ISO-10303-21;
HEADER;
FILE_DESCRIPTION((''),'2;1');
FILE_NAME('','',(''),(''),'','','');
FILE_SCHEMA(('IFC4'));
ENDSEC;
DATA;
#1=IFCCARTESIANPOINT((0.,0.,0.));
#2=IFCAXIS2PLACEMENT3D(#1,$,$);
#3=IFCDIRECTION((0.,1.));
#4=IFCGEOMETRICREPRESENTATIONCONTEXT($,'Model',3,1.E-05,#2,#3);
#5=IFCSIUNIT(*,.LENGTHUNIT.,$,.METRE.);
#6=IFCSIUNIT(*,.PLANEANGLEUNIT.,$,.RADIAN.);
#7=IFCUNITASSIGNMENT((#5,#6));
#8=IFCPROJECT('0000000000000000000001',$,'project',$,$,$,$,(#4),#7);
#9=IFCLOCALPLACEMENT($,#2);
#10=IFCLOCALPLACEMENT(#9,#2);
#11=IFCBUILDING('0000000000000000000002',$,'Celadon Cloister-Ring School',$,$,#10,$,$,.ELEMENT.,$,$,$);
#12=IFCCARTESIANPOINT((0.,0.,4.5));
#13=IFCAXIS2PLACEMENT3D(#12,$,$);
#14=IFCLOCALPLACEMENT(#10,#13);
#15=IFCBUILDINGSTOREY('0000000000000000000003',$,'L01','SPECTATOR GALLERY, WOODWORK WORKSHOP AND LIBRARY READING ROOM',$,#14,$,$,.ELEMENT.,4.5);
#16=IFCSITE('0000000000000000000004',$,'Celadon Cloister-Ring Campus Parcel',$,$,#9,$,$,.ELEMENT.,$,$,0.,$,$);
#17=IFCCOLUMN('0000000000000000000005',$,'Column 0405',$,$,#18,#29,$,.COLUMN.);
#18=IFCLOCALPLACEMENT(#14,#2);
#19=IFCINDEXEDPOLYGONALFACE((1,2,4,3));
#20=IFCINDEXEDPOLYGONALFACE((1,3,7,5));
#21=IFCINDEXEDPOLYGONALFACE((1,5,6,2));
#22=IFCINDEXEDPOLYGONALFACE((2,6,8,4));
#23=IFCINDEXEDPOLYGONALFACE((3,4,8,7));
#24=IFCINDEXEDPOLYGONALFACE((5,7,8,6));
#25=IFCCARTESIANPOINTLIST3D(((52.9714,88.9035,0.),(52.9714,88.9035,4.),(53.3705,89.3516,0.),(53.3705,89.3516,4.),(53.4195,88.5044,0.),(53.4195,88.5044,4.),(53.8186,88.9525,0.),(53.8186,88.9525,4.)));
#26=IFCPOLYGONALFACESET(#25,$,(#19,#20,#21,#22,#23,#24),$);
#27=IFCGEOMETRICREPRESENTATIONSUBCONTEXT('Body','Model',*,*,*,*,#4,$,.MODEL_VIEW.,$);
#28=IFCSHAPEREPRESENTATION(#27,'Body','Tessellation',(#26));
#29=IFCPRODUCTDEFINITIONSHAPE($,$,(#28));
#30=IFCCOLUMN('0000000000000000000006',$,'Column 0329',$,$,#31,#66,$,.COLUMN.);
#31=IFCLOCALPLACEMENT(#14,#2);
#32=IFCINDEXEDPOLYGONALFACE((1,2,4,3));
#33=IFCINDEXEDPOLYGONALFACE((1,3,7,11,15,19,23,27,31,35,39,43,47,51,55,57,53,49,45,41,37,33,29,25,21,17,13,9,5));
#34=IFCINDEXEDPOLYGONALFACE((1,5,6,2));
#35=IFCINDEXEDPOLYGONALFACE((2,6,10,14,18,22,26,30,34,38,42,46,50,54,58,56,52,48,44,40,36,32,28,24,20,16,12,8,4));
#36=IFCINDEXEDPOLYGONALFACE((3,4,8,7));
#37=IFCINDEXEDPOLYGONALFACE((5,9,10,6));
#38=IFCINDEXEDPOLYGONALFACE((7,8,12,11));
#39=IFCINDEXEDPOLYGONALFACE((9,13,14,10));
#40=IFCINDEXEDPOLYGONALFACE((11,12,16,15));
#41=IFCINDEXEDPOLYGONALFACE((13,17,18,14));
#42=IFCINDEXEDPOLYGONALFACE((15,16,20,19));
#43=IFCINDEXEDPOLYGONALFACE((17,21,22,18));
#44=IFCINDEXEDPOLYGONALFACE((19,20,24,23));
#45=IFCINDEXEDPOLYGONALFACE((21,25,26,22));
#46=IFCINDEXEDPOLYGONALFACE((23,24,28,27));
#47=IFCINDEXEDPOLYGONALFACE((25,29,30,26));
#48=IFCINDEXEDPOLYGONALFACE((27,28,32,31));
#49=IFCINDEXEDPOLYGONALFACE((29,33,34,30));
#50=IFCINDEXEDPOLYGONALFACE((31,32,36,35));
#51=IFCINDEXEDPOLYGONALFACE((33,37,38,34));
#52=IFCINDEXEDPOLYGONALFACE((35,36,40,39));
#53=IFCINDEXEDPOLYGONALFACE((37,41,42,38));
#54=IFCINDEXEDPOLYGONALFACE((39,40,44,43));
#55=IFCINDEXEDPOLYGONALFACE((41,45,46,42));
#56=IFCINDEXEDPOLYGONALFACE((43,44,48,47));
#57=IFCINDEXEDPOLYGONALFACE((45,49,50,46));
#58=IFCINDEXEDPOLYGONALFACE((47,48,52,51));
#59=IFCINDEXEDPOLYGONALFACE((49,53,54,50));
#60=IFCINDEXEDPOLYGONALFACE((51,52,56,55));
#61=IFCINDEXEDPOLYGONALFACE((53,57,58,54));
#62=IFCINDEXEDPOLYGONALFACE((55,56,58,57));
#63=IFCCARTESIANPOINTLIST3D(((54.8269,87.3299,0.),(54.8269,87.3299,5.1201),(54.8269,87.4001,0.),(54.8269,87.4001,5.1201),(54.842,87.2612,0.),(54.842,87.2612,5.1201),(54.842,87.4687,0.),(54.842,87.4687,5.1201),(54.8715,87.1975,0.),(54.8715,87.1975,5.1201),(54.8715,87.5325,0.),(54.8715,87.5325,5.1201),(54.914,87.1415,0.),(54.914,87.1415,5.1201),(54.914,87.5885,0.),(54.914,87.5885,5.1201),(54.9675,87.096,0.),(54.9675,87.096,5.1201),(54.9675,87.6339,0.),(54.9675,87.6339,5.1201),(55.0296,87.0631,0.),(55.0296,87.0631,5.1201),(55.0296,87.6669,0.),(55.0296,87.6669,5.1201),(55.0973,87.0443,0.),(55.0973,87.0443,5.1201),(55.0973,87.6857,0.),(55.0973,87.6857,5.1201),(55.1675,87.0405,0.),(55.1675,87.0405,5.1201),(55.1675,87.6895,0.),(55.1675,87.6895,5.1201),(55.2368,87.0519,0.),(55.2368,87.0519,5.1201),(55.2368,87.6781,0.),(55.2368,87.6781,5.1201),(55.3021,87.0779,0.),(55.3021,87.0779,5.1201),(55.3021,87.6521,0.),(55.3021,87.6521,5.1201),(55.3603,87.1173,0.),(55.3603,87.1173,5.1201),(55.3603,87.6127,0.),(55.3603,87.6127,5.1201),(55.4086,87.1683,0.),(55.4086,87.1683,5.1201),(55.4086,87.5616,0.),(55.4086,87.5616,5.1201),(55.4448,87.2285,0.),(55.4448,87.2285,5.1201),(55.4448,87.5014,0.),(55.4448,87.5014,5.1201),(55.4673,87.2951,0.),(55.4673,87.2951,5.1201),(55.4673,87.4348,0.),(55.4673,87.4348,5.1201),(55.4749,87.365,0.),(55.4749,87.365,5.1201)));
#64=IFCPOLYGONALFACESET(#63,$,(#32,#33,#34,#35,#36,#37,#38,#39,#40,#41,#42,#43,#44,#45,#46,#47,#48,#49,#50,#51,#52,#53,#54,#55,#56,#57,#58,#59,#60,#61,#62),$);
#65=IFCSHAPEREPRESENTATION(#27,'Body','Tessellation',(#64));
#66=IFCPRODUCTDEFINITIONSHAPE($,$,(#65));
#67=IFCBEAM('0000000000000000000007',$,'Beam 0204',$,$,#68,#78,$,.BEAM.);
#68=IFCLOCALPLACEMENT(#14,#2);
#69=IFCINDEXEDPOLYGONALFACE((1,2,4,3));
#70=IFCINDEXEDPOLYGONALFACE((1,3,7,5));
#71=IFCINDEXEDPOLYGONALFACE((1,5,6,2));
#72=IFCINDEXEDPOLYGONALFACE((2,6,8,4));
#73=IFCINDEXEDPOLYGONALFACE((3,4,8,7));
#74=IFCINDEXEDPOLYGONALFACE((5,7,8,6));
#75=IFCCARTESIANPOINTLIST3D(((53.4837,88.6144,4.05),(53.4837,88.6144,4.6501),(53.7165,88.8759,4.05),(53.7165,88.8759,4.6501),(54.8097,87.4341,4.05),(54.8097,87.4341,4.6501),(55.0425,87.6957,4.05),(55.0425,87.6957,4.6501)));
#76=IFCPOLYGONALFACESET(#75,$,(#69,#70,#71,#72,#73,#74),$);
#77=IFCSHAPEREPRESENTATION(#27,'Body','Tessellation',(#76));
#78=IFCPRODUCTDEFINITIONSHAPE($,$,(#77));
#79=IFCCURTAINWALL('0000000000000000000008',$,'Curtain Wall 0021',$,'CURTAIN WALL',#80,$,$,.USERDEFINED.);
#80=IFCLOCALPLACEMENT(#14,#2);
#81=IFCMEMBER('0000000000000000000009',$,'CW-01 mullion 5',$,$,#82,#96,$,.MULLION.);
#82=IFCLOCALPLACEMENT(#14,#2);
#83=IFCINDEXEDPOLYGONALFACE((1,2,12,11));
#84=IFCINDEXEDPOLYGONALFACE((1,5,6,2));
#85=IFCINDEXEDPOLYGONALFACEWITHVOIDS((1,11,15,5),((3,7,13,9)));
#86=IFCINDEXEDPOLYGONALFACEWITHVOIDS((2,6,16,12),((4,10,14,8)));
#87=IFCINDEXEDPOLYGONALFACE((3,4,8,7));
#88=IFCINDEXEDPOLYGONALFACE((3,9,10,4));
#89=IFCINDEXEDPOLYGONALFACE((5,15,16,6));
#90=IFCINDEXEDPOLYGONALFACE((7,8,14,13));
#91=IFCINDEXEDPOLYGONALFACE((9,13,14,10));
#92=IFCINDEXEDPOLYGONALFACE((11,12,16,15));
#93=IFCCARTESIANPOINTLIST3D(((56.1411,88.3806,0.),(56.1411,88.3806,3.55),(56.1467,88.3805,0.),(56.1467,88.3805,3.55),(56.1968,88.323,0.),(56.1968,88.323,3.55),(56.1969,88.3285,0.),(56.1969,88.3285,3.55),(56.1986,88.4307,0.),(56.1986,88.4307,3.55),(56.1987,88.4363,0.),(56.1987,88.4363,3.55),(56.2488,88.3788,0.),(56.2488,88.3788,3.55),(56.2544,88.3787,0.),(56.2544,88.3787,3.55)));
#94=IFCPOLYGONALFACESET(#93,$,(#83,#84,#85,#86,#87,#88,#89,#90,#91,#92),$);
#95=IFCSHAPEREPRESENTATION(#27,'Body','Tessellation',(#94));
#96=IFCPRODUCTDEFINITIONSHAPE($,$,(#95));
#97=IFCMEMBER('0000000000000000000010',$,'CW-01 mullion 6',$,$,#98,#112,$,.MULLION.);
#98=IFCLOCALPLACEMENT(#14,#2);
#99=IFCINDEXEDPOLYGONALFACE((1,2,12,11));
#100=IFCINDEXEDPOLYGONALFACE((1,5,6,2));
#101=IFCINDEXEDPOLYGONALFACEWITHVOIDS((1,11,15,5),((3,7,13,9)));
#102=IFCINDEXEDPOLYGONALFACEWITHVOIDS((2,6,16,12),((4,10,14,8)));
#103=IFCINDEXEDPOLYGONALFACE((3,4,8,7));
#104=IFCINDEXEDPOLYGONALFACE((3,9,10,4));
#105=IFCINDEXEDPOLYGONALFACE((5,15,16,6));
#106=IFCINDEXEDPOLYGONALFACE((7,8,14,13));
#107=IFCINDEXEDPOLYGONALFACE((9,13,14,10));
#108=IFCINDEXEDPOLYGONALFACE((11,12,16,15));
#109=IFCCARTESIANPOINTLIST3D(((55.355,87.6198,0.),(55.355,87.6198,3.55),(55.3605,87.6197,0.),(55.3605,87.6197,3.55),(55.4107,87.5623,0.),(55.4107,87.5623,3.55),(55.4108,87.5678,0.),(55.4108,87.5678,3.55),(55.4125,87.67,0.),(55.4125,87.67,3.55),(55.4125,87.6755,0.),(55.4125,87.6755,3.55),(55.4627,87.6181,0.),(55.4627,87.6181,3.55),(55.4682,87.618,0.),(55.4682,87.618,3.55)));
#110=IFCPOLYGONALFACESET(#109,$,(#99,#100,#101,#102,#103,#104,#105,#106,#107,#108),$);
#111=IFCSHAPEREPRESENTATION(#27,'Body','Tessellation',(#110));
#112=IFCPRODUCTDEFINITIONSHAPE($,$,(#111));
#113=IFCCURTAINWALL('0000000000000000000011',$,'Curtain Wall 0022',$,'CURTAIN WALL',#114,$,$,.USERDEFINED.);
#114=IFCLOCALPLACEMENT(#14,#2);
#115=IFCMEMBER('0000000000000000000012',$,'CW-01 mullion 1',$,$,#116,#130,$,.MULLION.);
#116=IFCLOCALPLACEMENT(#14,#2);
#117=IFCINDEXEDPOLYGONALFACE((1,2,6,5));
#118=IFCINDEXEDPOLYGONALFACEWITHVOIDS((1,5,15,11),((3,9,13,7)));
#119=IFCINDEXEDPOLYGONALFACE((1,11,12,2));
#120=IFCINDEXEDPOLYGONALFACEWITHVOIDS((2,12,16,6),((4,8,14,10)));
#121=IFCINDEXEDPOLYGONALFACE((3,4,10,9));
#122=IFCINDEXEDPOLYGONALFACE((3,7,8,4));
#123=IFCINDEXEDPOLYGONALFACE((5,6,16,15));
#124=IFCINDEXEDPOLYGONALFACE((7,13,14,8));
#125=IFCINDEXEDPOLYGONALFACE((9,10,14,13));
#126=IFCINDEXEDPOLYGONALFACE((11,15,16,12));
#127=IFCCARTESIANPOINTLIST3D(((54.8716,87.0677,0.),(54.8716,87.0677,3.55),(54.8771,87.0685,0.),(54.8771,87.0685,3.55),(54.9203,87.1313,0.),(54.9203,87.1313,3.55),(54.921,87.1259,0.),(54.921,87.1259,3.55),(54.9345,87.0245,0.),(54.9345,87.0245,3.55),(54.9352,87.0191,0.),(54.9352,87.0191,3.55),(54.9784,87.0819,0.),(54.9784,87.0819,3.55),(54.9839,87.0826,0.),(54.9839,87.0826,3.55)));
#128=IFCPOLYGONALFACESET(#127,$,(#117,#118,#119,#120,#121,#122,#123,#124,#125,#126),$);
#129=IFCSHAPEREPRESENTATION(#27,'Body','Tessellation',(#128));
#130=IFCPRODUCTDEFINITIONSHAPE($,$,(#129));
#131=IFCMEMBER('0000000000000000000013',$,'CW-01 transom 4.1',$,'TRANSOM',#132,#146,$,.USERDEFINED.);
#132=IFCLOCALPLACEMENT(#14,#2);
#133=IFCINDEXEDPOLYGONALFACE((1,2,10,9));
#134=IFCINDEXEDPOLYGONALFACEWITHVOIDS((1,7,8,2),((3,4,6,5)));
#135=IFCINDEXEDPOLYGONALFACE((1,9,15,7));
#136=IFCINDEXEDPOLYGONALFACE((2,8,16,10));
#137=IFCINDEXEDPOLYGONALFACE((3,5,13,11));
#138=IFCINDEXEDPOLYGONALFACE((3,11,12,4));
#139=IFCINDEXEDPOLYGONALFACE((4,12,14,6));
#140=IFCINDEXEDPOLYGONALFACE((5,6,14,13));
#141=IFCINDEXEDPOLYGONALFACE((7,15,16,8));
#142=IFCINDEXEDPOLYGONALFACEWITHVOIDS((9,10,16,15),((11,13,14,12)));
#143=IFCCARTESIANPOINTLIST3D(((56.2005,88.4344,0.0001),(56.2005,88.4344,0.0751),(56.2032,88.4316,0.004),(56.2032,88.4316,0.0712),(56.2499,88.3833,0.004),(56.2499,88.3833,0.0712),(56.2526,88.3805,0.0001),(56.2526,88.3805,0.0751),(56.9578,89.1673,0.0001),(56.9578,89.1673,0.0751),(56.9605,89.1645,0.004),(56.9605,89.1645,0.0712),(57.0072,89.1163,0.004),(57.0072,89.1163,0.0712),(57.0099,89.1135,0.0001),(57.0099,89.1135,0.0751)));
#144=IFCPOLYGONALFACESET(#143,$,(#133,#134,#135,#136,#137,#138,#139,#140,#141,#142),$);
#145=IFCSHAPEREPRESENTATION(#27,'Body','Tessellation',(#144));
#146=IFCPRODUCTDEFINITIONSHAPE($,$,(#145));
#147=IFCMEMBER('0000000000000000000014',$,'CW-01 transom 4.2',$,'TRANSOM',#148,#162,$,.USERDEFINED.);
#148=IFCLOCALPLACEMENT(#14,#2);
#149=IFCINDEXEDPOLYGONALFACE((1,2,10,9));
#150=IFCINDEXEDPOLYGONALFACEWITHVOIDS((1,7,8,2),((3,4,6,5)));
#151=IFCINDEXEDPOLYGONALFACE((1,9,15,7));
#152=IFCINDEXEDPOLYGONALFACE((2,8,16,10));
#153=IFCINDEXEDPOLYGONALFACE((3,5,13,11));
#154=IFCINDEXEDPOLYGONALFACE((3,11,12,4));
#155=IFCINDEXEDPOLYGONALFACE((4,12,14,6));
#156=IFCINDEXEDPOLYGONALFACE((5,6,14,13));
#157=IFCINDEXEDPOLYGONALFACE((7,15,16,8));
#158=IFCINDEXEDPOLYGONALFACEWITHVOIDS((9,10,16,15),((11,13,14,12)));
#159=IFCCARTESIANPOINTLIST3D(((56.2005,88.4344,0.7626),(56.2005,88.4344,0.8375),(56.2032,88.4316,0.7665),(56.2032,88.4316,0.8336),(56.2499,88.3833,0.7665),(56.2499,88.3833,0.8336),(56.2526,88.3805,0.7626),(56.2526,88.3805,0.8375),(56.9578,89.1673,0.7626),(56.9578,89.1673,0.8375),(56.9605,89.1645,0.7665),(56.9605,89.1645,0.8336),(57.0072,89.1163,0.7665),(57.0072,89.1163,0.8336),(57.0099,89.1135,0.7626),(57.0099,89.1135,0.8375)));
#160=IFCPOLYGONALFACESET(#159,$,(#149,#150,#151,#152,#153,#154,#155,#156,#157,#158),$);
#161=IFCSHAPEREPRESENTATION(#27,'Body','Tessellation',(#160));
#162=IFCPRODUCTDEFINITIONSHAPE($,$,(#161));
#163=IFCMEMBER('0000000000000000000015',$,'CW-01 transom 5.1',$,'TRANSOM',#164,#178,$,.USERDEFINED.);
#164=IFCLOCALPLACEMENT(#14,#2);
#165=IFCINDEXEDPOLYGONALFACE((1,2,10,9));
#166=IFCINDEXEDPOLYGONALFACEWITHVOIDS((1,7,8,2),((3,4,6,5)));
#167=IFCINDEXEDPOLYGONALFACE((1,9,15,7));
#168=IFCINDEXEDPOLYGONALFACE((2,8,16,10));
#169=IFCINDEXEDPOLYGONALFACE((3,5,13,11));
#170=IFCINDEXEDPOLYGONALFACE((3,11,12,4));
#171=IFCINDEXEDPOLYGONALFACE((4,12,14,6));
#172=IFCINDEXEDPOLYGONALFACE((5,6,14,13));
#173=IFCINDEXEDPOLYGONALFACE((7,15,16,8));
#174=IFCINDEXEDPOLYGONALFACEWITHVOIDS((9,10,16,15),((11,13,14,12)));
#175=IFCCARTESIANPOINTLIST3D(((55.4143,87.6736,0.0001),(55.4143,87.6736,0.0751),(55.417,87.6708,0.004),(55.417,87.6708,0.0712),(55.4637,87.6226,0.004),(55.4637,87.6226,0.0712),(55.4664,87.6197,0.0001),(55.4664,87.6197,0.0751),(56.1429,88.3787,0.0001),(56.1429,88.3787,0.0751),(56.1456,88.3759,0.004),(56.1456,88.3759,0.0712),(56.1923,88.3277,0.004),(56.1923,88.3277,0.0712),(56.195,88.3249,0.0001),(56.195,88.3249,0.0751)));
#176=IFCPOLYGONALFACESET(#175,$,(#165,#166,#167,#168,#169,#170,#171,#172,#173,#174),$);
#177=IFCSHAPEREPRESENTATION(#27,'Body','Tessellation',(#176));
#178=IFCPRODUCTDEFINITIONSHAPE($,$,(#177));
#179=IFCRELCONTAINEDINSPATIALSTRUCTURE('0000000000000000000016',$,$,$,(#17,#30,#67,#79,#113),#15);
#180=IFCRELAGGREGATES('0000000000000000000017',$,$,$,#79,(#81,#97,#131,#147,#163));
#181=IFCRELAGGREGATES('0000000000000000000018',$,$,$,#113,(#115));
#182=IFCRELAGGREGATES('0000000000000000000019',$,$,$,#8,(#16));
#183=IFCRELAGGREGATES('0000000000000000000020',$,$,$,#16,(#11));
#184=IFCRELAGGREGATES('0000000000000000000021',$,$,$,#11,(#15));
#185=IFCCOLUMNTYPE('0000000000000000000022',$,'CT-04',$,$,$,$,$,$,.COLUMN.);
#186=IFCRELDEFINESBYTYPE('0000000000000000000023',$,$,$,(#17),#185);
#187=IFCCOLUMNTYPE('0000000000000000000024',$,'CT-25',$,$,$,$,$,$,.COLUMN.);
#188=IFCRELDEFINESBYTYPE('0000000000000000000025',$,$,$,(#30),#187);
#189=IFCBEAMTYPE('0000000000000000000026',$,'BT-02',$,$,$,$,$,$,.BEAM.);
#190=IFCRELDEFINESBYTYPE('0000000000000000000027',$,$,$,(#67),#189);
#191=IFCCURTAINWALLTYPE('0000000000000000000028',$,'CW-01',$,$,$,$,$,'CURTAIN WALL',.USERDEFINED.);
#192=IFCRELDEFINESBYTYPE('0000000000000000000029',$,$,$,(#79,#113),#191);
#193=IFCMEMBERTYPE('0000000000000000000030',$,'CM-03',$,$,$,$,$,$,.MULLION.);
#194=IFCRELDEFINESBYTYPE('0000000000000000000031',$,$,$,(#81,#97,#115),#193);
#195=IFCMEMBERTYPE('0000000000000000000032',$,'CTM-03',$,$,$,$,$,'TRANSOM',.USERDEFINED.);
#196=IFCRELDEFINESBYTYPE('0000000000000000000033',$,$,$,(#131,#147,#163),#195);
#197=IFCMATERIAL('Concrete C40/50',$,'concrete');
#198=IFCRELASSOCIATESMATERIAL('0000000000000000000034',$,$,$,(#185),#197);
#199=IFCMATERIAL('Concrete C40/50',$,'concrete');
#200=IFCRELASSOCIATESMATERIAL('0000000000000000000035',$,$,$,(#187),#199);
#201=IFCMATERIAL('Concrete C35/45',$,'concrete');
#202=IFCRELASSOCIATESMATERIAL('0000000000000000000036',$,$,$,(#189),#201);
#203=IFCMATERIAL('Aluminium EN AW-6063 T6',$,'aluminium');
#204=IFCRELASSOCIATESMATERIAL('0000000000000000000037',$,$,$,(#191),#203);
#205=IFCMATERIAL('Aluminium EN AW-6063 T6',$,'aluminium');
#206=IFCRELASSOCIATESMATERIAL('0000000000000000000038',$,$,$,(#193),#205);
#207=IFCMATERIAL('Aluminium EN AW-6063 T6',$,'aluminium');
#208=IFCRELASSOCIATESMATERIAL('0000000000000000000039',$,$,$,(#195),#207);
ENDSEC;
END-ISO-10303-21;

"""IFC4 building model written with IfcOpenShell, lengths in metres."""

from ifc_helpers import new_model, si_unit, direction, frame, origin, origin_2d, place, context, subcontext, project, spatial, rectangle, hollow_rectangle, circle, extrude, material, material_profile, profile_set, type_object, element, aggregate, save


model = new_model("IFC4")

# Units and contexts
model_context = context("Model", 3, precision=1e-05, world=origin(), true_north=direction((0.0, 1.0)))
body_context = subcontext(model_context, "Body", "Model", "MODEL_VIEW")
ifc_project = project(units=[si_unit("LENGTHUNIT", "METRE"), si_unit("PLANEANGLEUNIT", "RADIAN")], contexts=[model_context])

# Site, building, storey
site_placement = place(None, origin())
site = spatial("IfcSite", under=ifc_project, at=site_placement, Name="Celadon Cloister-Ring Campus Parcel", CompositionType="ELEMENT", RefElevation=0.0)
building_placement = place(site_placement, origin())
building = spatial("IfcBuilding", under=site, at=building_placement, Name="Celadon Cloister-Ring School", CompositionType="ELEMENT")
storey_placement = place(building_placement, frame((0.0, 0.0, 4.5)))
storey = spatial("IfcBuildingStorey", under=building, at=storey_placement, Name="L01", Description="SPECTATOR GALLERY, WOODWORK WORKSHOP AND LIBRARY READING ROOM", CompositionType="ELEMENT", Elevation=4.5)

# Columns
ifc_material_1 = material(Name="Concrete C40/50", Category="concrete")
ifc_material_profile_1 = material_profile(ifc_material_1, rectangle(XDim=0.6001, YDim=0.6001, at=origin_2d()), Name="RC600X600")
ifc_profile_set_1 = profile_set([ifc_material_profile_1], Name="Concrete C40/50")
column_type_1 = type_object("IfcColumnType", Name="CT-04", PredefinedType="COLUMN", material=ifc_profile_set_1)
column_1_placement = place(storey_placement, frame((53.395, 88.928, 0.0), z_axis=(0.0, 0.0, 1.0), x_axis=(-0.746777, 0.665074, 0.0)))
element("IfcColumn", 1, at=column_1_placement, inside=storey, type_object=column_type_1, Name="Column 0405", PredefinedType="COLUMN", context=body_context, shape_type="SweptSolid", body=[
    extrude(rectangle(XDim=0.6001, YDim=0.6001, at=origin_2d()), origin(), (0.0, 0.0, 1.0), 4.0),
])
ifc_material_2 = material(Name="Concrete C40/50", Category="concrete")
ifc_material_profile_2 = material_profile(ifc_material_2, circle(Radius=0.325, at=origin_2d()), Name="CIRC650")
ifc_profile_set_2 = profile_set([ifc_material_profile_2], Name="Concrete C40/50")
column_type_2 = type_object("IfcColumnType", Name="CT-25", PredefinedType="COLUMN", material=ifc_profile_set_2)
column_2_placement = place(storey_placement, frame((55.1499, 87.365, 0.0), z_axis=(0.0, 0.0, 1.0), x_axis=(1.0, 0.0, 0.0)))
element("IfcColumn", 2, at=column_2_placement, inside=storey, type_object=column_type_2, Name="Column 0329", PredefinedType="COLUMN", context=body_context, shape_type="SweptSolid", body=[
    extrude(circle(Radius=0.325, at=origin_2d()), origin(), (0.0, 0.0, 1.0), 5.1201),
])

# Beam
ifc_material_3 = material(Name="Concrete C35/45", Category="concrete")
ifc_material_profile_3 = material_profile(ifc_material_3, rectangle(XDim=0.3501, YDim=0.6001, at=origin_2d()), Name="RC350X600")
ifc_profile_set_3 = profile_set([ifc_material_profile_3], Name="Concrete C35/45")
beam_type_1 = type_object("IfcBeamType", Name="BT-02", PredefinedType="BEAM", material=ifc_profile_set_3)
beam_1_placement = place(storey_placement, frame((53.6001, 88.7451, 4.3501), z_axis=(0.746969, -0.664859, 0.0), x_axis=(0.664859, 0.746969, 0.0)))
element("IfcBeam", 3, at=beam_1_placement, inside=storey, type_object=beam_type_1, Name="Beam 0204", PredefinedType="BEAM", context=body_context, shape_type="SweptSolid", body=[
    extrude(rectangle(XDim=0.3501, YDim=0.6001, at=origin_2d()), origin(), (0.0, 0.0, 1.0), 1.7751),
])

# Curtain wall, members
ifc_material_4 = material(Name="Aluminium EN AW-6063 T6", Category="aluminium")
curtain_wall_type = type_object("IfcCurtainWallType", Name="CW-01", ElementType="CURTAIN WALL", PredefinedType="USERDEFINED", material=ifc_material_4)
curtain_wall_1_placement = place(storey_placement, origin())
curtain_wall_1 = element("IfcCurtainWall", 4, at=curtain_wall_1_placement, inside=storey, type_object=curtain_wall_type, Name="Curtain Wall 0021", ObjectType="CURTAIN WALL", PredefinedType="USERDEFINED")
ifc_material_5 = material(Name="Aluminium EN AW-6063 T6", Category="aluminium")
ifc_material_profile_4 = material_profile(ifc_material_5, hollow_rectangle(XDim=0.0801, YDim=0.0801, WallThickness=0.0039, at=origin_2d()), Name="RHS80X80X4")
ifc_profile_set_4 = profile_set([ifc_material_profile_4], Name="Aluminium EN AW-6063 T6")
member_type_1 = type_object("IfcMemberType", Name="CM-03", PredefinedType="MULLION", material=ifc_profile_set_4)
member_1_placement = place(storey_placement, frame((56.1978, 88.3796, 0.0), z_axis=(0.0, 0.0, 1.0), x_axis=(0.69546, -0.718565, 0.0)))
member_1 = element("IfcMember", 5, at=member_1_placement, type_object=member_type_1, Name="CW-01 mullion 5", PredefinedType="MULLION", context=body_context, shape_type="SweptSolid", body=[
    extrude(hollow_rectangle(XDim=0.0801, YDim=0.0801, WallThickness=0.0039, at=origin_2d()), origin(), (0.0, 0.0, 1.0), 3.55),
])
member_2_placement = place(storey_placement, frame((55.4116, 87.6189, 0.0), z_axis=(0.0, 0.0, 1.0), x_axis=(0.69546, -0.718565, 0.0)))
member_2 = element("IfcMember", 6, at=member_2_placement, type_object=member_type_1, Name="CW-01 mullion 6", PredefinedType="MULLION", context=body_context, shape_type="SweptSolid", body=[
    extrude(hollow_rectangle(XDim=0.0801, YDim=0.0801, WallThickness=0.0039, at=origin_2d()), origin(), (0.0, 0.0, 1.0), 3.55),
])

# Curtain wall, member
curtain_wall_2_placement = place(storey_placement, origin())
curtain_wall_2 = element("IfcCurtainWall", 7, at=curtain_wall_2_placement, inside=storey, type_object=curtain_wall_type, Name="Curtain Wall 0022", ObjectType="CURTAIN WALL", PredefinedType="USERDEFINED")
member_3_placement = place(storey_placement, frame((54.9277, 87.0752, 0.0), z_axis=(0.0, 0.0, 1.0), x_axis=(0.794032, -0.607876, 0.0)))
member_3 = element("IfcMember", 8, at=member_3_placement, type_object=member_type_1, Name="CW-01 mullion 1", PredefinedType="MULLION", context=body_context, shape_type="SweptSolid", body=[
    extrude(hollow_rectangle(XDim=0.0801, YDim=0.0801, WallThickness=0.0039, at=origin_2d()), origin(), (0.0, 0.0, 1.0), 3.55),
])

# Members
ifc_material_6 = material(Name="Aluminium EN AW-6063 T6", Category="aluminium")
ifc_material_profile_5 = material_profile(ifc_material_6, hollow_rectangle(XDim=0.075, YDim=0.075, WallThickness=0.0039, at=origin_2d()), Name="RHS75X75X4")
ifc_profile_set_5 = profile_set([ifc_material_profile_5], Name="Aluminium EN AW-6063 T6")
member_type_2 = type_object("IfcMemberType", Name="CTM-03", ElementType="TRANSOM", PredefinedType="USERDEFINED", material=ifc_profile_set_5)
member_4_placement = place(storey_placement, frame((56.9839, 89.1404, 0.0376), z_axis=(-0.718595, -0.695429, 0.0), x_axis=(0.695429, -0.718595, 0.0)))
member_4 = element("IfcMember", 9, at=member_4_placement, type_object=member_type_2, Name="CW-01 transom 4.1", ObjectType="TRANSOM", PredefinedType="USERDEFINED", context=body_context, shape_type="SweptSolid", body=[
    extrude(hollow_rectangle(XDim=0.075, YDim=0.075, WallThickness=0.0039, at=origin_2d()), origin(), (0.0, 0.0, 1.0), 1.054),
])
member_5_placement = place(storey_placement, frame((56.9839, 89.1404, 0.8), z_axis=(-0.718595, -0.695429, 0.0), x_axis=(0.695429, -0.718595, 0.0)))
member_5 = element("IfcMember", 10, at=member_5_placement, type_object=member_type_2, Name="CW-01 transom 4.2", ObjectType="TRANSOM", PredefinedType="USERDEFINED", context=body_context, shape_type="SweptSolid", body=[
    extrude(hollow_rectangle(XDim=0.075, YDim=0.075, WallThickness=0.0039, at=origin_2d()), origin(), (0.0, 0.0, 1.0), 1.054),
])
member_6_placement = place(storey_placement, frame((56.1689, 88.3518, 0.0376), z_axis=(-0.718571, -0.695454, 0.0), x_axis=(0.695454, -0.718571, 0.0)))
member_6 = element("IfcMember", 11, at=member_6_placement, type_object=member_type_2, Name="CW-01 transom 5.1", ObjectType="TRANSOM", PredefinedType="USERDEFINED", context=body_context, shape_type="SweptSolid", body=[
    extrude(hollow_rectangle(XDim=0.075, YDim=0.075, WallThickness=0.0039, at=origin_2d()), origin(), (0.0, 0.0, 1.0), 1.0139),
])

aggregate(curtain_wall_1, [member_1, member_2, member_4, member_5, member_6])
aggregate(curtain_wall_2, [member_3])

save(model, "model.ifc")
